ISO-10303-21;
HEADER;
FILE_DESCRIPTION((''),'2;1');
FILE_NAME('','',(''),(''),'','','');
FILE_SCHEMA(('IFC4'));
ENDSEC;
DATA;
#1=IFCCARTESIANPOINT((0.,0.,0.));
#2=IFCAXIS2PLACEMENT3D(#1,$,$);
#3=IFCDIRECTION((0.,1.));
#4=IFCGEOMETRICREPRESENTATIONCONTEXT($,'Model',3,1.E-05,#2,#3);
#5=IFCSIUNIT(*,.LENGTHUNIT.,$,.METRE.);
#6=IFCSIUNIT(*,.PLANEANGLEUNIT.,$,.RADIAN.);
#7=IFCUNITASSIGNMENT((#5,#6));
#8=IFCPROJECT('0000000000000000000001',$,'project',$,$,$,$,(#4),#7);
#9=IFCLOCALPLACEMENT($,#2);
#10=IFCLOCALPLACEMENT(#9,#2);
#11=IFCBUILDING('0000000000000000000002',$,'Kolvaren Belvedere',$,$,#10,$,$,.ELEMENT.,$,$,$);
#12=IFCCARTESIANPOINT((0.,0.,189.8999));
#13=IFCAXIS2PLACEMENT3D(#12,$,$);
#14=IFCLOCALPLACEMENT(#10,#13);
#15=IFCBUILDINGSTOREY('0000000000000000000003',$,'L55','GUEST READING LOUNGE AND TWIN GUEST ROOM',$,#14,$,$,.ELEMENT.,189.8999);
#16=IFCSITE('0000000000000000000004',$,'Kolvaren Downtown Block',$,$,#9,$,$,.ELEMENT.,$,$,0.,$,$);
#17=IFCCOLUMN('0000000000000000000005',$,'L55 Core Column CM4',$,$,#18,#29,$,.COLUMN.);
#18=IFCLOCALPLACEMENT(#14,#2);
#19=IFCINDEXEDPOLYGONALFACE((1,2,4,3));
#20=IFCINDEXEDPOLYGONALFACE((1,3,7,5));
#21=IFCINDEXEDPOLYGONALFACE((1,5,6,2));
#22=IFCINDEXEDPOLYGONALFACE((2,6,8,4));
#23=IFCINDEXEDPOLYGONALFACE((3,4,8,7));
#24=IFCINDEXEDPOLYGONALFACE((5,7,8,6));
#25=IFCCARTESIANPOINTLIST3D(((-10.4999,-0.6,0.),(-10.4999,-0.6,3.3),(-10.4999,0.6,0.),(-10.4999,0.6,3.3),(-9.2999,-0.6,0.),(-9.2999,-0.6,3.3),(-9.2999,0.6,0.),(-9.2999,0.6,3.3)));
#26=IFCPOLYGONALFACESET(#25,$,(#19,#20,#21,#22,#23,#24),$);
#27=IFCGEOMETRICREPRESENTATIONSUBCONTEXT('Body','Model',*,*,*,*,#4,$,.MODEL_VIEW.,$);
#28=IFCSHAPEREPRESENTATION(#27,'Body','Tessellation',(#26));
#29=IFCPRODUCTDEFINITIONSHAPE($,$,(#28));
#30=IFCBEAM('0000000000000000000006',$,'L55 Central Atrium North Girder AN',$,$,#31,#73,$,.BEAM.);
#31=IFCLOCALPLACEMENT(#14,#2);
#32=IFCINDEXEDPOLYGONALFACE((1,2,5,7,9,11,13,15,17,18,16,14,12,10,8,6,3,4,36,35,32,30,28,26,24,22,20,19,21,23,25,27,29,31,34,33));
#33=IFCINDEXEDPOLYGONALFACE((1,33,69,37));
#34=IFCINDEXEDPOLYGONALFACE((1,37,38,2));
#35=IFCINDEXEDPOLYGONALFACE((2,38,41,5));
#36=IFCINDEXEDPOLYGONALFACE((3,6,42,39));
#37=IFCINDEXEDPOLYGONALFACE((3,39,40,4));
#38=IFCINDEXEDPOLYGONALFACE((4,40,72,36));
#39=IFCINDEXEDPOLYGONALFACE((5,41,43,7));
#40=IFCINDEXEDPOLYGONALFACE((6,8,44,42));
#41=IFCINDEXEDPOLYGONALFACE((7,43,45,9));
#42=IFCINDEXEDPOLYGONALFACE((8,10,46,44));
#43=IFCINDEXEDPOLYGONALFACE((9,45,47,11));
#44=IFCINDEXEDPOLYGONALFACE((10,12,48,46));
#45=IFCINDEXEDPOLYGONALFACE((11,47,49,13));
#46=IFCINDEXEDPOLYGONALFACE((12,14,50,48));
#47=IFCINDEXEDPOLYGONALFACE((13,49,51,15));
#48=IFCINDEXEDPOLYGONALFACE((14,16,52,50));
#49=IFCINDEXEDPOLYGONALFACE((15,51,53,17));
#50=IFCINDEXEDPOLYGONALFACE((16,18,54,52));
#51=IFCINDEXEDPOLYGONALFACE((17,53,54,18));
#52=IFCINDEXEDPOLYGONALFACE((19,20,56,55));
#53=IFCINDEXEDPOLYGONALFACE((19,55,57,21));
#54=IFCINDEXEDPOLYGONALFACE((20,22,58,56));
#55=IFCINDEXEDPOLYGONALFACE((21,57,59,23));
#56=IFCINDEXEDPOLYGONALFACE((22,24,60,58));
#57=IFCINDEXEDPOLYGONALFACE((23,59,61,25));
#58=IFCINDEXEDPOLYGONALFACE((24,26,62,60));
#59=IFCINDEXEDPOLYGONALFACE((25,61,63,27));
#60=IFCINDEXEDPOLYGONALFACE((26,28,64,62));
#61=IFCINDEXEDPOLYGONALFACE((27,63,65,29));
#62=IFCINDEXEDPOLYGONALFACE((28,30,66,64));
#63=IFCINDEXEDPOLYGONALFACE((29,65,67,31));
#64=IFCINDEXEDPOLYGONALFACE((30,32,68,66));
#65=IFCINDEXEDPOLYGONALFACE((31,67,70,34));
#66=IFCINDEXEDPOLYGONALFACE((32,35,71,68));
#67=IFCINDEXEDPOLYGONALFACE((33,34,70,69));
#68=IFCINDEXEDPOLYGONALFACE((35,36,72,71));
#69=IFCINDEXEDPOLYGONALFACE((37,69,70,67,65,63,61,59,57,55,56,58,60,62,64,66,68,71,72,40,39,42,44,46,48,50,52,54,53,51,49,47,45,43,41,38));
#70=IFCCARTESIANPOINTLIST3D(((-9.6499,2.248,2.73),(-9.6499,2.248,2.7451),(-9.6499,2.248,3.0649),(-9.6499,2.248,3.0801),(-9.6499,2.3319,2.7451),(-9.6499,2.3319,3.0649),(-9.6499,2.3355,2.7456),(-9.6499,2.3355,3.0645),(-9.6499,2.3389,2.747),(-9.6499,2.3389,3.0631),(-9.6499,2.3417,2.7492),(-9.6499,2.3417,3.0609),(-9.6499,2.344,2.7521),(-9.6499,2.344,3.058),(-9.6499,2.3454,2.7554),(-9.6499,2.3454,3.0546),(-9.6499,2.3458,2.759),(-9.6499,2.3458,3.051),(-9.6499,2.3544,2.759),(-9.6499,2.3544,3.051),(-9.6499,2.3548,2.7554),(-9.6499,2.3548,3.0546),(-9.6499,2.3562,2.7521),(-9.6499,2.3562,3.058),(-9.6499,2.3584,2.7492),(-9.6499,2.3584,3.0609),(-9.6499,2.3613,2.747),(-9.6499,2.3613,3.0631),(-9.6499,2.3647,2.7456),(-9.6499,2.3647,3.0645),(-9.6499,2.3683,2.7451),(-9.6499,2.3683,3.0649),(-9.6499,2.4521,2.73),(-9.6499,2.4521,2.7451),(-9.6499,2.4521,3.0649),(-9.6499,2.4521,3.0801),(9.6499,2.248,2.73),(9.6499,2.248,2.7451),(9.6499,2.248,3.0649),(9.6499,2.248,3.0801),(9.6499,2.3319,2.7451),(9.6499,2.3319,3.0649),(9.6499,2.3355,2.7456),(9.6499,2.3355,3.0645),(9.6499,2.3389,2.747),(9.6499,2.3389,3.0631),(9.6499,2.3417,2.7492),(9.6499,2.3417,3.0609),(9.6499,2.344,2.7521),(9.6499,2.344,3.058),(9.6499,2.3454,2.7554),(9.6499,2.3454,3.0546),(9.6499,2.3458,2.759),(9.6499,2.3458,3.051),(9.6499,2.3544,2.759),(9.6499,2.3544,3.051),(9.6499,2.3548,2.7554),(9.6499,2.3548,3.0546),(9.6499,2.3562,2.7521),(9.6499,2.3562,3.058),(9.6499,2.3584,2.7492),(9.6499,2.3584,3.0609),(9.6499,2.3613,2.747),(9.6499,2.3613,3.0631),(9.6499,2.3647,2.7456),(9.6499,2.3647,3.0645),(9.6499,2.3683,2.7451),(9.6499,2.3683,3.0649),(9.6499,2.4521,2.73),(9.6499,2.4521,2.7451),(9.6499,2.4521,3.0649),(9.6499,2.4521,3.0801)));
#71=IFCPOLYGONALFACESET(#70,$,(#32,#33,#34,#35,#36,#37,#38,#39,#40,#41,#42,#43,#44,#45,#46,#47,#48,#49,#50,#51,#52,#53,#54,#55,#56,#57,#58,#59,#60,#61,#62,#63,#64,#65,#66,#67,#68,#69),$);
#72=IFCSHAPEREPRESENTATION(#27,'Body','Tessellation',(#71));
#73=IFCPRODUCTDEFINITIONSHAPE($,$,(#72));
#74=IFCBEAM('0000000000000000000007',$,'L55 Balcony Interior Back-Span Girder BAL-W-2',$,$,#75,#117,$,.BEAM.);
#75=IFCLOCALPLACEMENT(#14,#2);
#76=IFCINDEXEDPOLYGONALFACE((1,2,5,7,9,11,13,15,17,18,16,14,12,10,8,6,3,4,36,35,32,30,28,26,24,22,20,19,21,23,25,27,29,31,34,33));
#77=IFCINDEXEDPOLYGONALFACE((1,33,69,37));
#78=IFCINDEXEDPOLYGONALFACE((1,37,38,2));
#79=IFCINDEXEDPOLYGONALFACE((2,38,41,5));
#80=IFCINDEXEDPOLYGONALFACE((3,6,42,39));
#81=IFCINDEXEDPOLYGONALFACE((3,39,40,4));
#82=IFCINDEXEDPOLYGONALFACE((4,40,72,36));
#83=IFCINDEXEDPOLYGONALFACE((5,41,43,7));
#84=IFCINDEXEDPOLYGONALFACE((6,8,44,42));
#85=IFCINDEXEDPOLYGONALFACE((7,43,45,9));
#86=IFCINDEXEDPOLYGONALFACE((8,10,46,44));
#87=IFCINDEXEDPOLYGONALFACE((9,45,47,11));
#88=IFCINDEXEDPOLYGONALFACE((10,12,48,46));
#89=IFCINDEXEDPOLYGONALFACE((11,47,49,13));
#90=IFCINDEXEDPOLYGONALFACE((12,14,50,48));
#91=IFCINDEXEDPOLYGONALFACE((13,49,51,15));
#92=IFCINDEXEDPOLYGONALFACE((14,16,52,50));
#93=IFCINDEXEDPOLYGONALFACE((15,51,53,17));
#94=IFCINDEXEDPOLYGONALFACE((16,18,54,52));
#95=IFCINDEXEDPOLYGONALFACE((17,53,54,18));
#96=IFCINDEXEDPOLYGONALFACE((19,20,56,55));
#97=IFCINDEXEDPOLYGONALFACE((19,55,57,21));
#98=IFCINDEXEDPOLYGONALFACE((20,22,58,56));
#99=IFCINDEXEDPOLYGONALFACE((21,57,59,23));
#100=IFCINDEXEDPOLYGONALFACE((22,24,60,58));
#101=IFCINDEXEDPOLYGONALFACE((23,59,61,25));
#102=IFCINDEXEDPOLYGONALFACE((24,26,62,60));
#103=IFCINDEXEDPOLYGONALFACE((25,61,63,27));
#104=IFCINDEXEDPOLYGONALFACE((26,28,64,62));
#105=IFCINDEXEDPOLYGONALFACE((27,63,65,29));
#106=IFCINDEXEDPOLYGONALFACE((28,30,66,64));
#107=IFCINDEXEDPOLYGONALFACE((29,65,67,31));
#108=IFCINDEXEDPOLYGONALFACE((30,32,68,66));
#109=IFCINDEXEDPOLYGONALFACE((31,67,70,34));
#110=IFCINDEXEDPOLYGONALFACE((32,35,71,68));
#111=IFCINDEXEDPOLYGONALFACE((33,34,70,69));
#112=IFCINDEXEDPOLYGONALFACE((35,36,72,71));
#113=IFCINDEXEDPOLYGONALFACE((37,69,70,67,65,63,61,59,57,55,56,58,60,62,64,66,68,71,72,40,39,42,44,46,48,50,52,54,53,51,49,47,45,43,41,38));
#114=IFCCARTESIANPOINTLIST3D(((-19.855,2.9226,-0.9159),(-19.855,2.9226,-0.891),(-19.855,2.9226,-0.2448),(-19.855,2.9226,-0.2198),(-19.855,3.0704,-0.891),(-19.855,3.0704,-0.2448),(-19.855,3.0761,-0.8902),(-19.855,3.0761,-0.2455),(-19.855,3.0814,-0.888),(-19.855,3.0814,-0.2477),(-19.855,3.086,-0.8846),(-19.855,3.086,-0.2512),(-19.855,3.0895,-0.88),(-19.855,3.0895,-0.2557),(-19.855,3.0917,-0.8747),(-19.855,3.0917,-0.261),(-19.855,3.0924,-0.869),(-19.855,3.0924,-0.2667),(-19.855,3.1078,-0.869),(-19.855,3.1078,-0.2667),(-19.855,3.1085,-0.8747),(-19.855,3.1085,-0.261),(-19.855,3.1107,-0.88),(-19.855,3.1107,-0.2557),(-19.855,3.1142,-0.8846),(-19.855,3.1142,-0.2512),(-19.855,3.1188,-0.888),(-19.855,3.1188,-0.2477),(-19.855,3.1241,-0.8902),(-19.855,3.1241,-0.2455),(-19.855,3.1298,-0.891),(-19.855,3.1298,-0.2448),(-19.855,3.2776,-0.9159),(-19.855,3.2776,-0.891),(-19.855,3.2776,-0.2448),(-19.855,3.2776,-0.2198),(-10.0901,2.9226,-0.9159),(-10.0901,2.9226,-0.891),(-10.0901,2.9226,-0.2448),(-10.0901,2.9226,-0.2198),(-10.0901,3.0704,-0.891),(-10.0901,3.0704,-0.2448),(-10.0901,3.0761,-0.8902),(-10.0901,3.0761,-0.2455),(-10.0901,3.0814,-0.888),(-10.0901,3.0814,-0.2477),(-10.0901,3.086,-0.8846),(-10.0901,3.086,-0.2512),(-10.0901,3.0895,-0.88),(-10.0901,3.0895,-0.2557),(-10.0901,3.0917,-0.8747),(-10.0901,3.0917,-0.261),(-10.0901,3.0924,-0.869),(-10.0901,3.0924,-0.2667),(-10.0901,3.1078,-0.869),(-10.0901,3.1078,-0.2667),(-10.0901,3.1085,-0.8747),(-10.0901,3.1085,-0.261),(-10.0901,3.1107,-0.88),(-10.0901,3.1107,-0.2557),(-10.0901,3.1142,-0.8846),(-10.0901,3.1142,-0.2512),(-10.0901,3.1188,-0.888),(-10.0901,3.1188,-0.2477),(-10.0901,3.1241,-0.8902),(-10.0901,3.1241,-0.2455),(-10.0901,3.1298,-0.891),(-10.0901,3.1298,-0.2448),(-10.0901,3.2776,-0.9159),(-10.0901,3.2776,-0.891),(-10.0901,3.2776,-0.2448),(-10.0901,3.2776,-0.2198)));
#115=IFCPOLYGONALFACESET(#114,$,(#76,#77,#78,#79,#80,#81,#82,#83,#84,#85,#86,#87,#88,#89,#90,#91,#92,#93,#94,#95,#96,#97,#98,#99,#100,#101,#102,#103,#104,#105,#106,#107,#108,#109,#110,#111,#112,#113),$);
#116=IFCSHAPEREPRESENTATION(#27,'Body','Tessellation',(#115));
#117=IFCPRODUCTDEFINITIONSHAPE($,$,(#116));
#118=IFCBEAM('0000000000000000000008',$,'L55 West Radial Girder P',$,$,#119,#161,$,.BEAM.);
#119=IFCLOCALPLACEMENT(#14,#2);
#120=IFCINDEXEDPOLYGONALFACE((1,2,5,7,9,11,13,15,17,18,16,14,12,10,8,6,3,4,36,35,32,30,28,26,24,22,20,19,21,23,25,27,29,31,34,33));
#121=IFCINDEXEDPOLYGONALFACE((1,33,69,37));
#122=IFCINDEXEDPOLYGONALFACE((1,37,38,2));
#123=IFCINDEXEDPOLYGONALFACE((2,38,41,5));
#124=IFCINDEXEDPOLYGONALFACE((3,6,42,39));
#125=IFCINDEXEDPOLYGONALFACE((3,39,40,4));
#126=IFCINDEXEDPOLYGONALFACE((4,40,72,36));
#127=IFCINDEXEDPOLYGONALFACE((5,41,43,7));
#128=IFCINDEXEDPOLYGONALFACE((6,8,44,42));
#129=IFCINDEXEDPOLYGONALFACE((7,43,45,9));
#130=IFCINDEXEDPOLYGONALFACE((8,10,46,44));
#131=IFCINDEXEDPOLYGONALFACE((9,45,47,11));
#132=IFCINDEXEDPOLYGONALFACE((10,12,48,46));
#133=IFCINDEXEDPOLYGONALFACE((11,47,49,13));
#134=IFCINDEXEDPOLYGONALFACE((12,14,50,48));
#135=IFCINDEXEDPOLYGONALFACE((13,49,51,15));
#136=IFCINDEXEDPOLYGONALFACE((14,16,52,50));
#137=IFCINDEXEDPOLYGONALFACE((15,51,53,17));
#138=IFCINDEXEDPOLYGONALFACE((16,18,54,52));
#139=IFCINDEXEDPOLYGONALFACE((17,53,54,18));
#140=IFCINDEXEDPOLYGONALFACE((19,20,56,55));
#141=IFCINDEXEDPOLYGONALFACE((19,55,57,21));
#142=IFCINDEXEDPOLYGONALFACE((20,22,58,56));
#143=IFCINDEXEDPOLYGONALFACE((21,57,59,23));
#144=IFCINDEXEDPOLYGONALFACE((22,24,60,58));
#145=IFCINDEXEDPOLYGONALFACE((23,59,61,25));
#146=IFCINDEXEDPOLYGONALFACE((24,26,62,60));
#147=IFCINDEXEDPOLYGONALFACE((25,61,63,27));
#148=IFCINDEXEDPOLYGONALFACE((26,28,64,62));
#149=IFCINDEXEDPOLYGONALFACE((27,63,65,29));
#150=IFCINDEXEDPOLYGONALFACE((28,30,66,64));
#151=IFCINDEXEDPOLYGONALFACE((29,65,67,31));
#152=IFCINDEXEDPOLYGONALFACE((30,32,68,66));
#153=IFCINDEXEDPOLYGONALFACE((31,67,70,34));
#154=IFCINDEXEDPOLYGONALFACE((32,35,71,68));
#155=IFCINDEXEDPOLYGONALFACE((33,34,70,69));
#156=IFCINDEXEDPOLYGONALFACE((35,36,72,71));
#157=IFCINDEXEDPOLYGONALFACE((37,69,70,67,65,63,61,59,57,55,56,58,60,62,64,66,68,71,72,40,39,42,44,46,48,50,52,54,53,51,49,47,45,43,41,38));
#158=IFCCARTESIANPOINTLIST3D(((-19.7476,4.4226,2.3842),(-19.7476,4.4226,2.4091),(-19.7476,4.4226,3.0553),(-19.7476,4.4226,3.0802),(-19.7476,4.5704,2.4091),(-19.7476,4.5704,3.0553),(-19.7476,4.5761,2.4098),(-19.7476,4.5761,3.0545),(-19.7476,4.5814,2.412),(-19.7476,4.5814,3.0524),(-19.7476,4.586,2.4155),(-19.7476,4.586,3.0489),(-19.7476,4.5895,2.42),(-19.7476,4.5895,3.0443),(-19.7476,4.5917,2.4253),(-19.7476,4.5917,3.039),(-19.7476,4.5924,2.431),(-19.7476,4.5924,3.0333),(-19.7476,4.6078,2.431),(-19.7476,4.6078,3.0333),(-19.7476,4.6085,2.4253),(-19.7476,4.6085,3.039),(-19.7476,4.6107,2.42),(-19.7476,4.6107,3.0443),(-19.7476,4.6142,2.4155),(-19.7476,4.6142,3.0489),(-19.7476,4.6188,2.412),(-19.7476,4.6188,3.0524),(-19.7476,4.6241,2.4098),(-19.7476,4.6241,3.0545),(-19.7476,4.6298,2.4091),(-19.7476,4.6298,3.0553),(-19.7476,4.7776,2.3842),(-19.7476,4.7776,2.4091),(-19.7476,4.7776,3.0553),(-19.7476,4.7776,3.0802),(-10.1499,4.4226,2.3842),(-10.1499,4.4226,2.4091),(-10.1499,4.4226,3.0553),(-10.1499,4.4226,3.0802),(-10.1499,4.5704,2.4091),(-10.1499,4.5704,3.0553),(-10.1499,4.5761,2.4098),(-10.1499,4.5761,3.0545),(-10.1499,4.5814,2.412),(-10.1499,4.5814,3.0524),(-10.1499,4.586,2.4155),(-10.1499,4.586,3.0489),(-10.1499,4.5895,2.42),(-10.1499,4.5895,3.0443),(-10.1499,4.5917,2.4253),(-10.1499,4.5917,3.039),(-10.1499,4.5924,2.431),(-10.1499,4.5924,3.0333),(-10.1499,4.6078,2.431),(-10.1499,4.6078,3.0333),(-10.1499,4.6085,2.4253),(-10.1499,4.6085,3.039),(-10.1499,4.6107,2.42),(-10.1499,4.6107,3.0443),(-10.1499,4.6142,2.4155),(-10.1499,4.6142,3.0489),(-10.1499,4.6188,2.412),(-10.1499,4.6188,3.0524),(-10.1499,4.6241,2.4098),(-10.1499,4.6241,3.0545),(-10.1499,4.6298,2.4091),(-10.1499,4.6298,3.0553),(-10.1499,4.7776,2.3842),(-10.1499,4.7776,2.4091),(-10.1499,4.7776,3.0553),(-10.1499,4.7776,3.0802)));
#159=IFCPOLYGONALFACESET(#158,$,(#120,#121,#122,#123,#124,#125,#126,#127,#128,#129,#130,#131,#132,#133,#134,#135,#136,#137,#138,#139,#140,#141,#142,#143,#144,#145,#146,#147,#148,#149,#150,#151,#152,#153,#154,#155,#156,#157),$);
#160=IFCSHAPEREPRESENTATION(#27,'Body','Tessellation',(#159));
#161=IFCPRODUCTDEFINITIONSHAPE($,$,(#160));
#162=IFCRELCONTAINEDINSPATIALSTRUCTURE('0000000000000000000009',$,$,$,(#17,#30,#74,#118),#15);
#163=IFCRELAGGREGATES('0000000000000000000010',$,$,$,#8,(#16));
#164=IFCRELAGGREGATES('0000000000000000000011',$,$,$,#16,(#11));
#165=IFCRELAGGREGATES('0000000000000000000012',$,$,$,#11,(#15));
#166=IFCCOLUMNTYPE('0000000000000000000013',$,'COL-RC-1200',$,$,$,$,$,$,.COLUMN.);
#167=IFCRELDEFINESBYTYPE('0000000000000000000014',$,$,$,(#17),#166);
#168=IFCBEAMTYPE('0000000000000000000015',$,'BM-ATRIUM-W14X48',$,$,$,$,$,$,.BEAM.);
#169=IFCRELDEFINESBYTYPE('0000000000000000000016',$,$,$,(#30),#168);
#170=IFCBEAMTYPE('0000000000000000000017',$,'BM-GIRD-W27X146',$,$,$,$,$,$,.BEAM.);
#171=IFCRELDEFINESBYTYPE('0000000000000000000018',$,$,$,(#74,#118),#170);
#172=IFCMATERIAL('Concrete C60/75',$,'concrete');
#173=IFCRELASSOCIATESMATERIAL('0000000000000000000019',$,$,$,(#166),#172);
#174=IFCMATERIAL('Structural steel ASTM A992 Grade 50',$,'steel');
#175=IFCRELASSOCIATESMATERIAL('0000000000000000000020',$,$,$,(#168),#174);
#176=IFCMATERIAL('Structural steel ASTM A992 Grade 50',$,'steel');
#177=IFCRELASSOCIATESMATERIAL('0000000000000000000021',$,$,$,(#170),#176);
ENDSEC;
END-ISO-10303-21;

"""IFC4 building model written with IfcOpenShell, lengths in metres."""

from ifc_helpers import new_model, si_unit, direction, frame, origin, origin_2d, place, context, subcontext, project, spatial, rectangle, i_section, extrude, material, material_profile, profile_set, type_object, element, save


model = new_model("IFC4")

# Units and contexts
model_context = context("Model", 3, precision=1e-05, world=origin(), true_north=direction((0.0, 1.0)))
body_context = subcontext(model_context, "Body", "Model", "MODEL_VIEW")
ifc_project = project(units=[si_unit("LENGTHUNIT", "METRE"), si_unit("PLANEANGLEUNIT", "RADIAN")], contexts=[model_context])

# Site, building, storey
site_placement = place(None, origin())
site = spatial("IfcSite", under=ifc_project, at=site_placement, Name="Kolvaren Downtown Block", CompositionType="ELEMENT", RefElevation=0.0)
building_placement = place(site_placement, origin())
building = spatial("IfcBuilding", under=site, at=building_placement, Name="Kolvaren Belvedere", CompositionType="ELEMENT")
storey_placement = place(building_placement, frame((0.0, 0.0, 189.8999)))
storey = spatial("IfcBuildingStorey", under=building, at=storey_placement, Name="L55", Description="GUEST READING LOUNGE AND TWIN GUEST ROOM", CompositionType="ELEMENT", Elevation=189.8999)

# Column
ifc_material_1 = material(Name="Concrete C60/75", Category="concrete")
ifc_material_profile_1 = material_profile(ifc_material_1, rectangle(XDim=1.2, YDim=1.2, at=origin_2d()), Name="RC 1200X1200")
ifc_profile_set_1 = profile_set([ifc_material_profile_1], Name="Concrete C60/75")
column_type = type_object("IfcColumnType", Name="COL-RC-1200", PredefinedType="COLUMN", material=ifc_profile_set_1)
column_placement = place(storey_placement, frame((-9.8999, 0.0, 0.0), z_axis=(0.0, 0.0, 1.0), x_axis=(1.0, 0.0, 0.0)))
element("IfcColumn", 1, at=column_placement, inside=storey, type_object=column_type, Name="L55 Core Column CM4", PredefinedType="COLUMN", context=body_context, shape_type="SweptSolid", body=[
    extrude(rectangle(XDim=1.2, YDim=1.2, at=origin_2d()), origin(), (0.0, 0.0, 1.0), 3.3),
])

# Beams
ifc_material_2 = material(Name="Structural steel ASTM A992 Grade 50", Category="steel")
ifc_material_profile_2 = material_profile(ifc_material_2, i_section(OverallWidth=0.2041, OverallDepth=0.3501, WebThickness=0.0085, FlangeThickness=0.0151, FilletRadius=0.0139, at=origin_2d()), Name="W14X48")
ifc_profile_set_2 = profile_set([ifc_material_profile_2], Name="Structural steel ASTM A992 Grade 50")
beam_type_1 = type_object("IfcBeamType", Name="BM-ATRIUM-W14X48", PredefinedType="BEAM", material=ifc_profile_set_2)
beam_1_placement = place(storey_placement, frame((-9.6499, 2.3501, 2.905), z_axis=(1.0, 0.0, 0.0), x_axis=(0.0, 1.0, 0.0)))
element("IfcBeam", 2, at=beam_1_placement, inside=storey, type_object=beam_type_1, Name="L55 Central Atrium North Girder AN", PredefinedType="BEAM", context=body_context, shape_type="SweptSolid", body=[
    extrude(i_section(OverallWidth=0.2041, OverallDepth=0.3501, WebThickness=0.0085, FlangeThickness=0.0151, FilletRadius=0.0139, at=origin_2d()), origin(), (0.0, 0.0, 1.0), 19.2998),
])
ifc_material_3 = material(Name="Structural steel ASTM A992 Grade 50", Category="steel")
ifc_material_profile_3 = material_profile(ifc_material_3, i_section(OverallWidth=0.355, OverallDepth=0.696, WebThickness=0.0154, FlangeThickness=0.0249, FilletRadius=0.022, at=origin_2d()), Name="W27X146")
ifc_profile_set_3 = profile_set([ifc_material_profile_3], Name="Structural steel ASTM A992 Grade 50")
beam_type_2 = type_object("IfcBeamType", Name="BM-GIRD-W27X146", PredefinedType="BEAM", material=ifc_profile_set_3)
beam_2_placement = place(storey_placement, frame((-10.0901, 3.1001, -0.5679), z_axis=(-1.0, 0.0, 0.0), x_axis=(0.0, -1.0, 0.0)))
element("IfcBeam", 3, at=beam_2_placement, inside=storey, type_object=beam_type_2, Name="L55 Balcony Interior Back-Span Girder BAL-W-2", PredefinedType="BEAM", context=body_context, shape_type="SweptSolid", body=[
    extrude(i_section(OverallWidth=0.355, OverallDepth=0.696, WebThickness=0.0154, FlangeThickness=0.0249, FilletRadius=0.022, at=origin_2d()), origin(), (0.0, 0.0, 1.0), 9.7649),
])
beam_3_placement = place(storey_placement, frame((-10.1499, 4.6001, 2.7322), z_axis=(-1.0, 0.0, 0.0), x_axis=(0.0, -1.0, 0.0)))
element("IfcBeam", 4, at=beam_3_placement, inside=storey, type_object=beam_type_2, Name="L55 West Radial Girder P", PredefinedType="BEAM", context=body_context, shape_type="SweptSolid", body=[
    extrude(i_section(OverallWidth=0.355, OverallDepth=0.696, WebThickness=0.0154, FlangeThickness=0.0249, FilletRadius=0.022, at=origin_2d()), origin(), (0.0, 0.0, 1.0), 9.5977),
])

save(model, "model.ifc")
